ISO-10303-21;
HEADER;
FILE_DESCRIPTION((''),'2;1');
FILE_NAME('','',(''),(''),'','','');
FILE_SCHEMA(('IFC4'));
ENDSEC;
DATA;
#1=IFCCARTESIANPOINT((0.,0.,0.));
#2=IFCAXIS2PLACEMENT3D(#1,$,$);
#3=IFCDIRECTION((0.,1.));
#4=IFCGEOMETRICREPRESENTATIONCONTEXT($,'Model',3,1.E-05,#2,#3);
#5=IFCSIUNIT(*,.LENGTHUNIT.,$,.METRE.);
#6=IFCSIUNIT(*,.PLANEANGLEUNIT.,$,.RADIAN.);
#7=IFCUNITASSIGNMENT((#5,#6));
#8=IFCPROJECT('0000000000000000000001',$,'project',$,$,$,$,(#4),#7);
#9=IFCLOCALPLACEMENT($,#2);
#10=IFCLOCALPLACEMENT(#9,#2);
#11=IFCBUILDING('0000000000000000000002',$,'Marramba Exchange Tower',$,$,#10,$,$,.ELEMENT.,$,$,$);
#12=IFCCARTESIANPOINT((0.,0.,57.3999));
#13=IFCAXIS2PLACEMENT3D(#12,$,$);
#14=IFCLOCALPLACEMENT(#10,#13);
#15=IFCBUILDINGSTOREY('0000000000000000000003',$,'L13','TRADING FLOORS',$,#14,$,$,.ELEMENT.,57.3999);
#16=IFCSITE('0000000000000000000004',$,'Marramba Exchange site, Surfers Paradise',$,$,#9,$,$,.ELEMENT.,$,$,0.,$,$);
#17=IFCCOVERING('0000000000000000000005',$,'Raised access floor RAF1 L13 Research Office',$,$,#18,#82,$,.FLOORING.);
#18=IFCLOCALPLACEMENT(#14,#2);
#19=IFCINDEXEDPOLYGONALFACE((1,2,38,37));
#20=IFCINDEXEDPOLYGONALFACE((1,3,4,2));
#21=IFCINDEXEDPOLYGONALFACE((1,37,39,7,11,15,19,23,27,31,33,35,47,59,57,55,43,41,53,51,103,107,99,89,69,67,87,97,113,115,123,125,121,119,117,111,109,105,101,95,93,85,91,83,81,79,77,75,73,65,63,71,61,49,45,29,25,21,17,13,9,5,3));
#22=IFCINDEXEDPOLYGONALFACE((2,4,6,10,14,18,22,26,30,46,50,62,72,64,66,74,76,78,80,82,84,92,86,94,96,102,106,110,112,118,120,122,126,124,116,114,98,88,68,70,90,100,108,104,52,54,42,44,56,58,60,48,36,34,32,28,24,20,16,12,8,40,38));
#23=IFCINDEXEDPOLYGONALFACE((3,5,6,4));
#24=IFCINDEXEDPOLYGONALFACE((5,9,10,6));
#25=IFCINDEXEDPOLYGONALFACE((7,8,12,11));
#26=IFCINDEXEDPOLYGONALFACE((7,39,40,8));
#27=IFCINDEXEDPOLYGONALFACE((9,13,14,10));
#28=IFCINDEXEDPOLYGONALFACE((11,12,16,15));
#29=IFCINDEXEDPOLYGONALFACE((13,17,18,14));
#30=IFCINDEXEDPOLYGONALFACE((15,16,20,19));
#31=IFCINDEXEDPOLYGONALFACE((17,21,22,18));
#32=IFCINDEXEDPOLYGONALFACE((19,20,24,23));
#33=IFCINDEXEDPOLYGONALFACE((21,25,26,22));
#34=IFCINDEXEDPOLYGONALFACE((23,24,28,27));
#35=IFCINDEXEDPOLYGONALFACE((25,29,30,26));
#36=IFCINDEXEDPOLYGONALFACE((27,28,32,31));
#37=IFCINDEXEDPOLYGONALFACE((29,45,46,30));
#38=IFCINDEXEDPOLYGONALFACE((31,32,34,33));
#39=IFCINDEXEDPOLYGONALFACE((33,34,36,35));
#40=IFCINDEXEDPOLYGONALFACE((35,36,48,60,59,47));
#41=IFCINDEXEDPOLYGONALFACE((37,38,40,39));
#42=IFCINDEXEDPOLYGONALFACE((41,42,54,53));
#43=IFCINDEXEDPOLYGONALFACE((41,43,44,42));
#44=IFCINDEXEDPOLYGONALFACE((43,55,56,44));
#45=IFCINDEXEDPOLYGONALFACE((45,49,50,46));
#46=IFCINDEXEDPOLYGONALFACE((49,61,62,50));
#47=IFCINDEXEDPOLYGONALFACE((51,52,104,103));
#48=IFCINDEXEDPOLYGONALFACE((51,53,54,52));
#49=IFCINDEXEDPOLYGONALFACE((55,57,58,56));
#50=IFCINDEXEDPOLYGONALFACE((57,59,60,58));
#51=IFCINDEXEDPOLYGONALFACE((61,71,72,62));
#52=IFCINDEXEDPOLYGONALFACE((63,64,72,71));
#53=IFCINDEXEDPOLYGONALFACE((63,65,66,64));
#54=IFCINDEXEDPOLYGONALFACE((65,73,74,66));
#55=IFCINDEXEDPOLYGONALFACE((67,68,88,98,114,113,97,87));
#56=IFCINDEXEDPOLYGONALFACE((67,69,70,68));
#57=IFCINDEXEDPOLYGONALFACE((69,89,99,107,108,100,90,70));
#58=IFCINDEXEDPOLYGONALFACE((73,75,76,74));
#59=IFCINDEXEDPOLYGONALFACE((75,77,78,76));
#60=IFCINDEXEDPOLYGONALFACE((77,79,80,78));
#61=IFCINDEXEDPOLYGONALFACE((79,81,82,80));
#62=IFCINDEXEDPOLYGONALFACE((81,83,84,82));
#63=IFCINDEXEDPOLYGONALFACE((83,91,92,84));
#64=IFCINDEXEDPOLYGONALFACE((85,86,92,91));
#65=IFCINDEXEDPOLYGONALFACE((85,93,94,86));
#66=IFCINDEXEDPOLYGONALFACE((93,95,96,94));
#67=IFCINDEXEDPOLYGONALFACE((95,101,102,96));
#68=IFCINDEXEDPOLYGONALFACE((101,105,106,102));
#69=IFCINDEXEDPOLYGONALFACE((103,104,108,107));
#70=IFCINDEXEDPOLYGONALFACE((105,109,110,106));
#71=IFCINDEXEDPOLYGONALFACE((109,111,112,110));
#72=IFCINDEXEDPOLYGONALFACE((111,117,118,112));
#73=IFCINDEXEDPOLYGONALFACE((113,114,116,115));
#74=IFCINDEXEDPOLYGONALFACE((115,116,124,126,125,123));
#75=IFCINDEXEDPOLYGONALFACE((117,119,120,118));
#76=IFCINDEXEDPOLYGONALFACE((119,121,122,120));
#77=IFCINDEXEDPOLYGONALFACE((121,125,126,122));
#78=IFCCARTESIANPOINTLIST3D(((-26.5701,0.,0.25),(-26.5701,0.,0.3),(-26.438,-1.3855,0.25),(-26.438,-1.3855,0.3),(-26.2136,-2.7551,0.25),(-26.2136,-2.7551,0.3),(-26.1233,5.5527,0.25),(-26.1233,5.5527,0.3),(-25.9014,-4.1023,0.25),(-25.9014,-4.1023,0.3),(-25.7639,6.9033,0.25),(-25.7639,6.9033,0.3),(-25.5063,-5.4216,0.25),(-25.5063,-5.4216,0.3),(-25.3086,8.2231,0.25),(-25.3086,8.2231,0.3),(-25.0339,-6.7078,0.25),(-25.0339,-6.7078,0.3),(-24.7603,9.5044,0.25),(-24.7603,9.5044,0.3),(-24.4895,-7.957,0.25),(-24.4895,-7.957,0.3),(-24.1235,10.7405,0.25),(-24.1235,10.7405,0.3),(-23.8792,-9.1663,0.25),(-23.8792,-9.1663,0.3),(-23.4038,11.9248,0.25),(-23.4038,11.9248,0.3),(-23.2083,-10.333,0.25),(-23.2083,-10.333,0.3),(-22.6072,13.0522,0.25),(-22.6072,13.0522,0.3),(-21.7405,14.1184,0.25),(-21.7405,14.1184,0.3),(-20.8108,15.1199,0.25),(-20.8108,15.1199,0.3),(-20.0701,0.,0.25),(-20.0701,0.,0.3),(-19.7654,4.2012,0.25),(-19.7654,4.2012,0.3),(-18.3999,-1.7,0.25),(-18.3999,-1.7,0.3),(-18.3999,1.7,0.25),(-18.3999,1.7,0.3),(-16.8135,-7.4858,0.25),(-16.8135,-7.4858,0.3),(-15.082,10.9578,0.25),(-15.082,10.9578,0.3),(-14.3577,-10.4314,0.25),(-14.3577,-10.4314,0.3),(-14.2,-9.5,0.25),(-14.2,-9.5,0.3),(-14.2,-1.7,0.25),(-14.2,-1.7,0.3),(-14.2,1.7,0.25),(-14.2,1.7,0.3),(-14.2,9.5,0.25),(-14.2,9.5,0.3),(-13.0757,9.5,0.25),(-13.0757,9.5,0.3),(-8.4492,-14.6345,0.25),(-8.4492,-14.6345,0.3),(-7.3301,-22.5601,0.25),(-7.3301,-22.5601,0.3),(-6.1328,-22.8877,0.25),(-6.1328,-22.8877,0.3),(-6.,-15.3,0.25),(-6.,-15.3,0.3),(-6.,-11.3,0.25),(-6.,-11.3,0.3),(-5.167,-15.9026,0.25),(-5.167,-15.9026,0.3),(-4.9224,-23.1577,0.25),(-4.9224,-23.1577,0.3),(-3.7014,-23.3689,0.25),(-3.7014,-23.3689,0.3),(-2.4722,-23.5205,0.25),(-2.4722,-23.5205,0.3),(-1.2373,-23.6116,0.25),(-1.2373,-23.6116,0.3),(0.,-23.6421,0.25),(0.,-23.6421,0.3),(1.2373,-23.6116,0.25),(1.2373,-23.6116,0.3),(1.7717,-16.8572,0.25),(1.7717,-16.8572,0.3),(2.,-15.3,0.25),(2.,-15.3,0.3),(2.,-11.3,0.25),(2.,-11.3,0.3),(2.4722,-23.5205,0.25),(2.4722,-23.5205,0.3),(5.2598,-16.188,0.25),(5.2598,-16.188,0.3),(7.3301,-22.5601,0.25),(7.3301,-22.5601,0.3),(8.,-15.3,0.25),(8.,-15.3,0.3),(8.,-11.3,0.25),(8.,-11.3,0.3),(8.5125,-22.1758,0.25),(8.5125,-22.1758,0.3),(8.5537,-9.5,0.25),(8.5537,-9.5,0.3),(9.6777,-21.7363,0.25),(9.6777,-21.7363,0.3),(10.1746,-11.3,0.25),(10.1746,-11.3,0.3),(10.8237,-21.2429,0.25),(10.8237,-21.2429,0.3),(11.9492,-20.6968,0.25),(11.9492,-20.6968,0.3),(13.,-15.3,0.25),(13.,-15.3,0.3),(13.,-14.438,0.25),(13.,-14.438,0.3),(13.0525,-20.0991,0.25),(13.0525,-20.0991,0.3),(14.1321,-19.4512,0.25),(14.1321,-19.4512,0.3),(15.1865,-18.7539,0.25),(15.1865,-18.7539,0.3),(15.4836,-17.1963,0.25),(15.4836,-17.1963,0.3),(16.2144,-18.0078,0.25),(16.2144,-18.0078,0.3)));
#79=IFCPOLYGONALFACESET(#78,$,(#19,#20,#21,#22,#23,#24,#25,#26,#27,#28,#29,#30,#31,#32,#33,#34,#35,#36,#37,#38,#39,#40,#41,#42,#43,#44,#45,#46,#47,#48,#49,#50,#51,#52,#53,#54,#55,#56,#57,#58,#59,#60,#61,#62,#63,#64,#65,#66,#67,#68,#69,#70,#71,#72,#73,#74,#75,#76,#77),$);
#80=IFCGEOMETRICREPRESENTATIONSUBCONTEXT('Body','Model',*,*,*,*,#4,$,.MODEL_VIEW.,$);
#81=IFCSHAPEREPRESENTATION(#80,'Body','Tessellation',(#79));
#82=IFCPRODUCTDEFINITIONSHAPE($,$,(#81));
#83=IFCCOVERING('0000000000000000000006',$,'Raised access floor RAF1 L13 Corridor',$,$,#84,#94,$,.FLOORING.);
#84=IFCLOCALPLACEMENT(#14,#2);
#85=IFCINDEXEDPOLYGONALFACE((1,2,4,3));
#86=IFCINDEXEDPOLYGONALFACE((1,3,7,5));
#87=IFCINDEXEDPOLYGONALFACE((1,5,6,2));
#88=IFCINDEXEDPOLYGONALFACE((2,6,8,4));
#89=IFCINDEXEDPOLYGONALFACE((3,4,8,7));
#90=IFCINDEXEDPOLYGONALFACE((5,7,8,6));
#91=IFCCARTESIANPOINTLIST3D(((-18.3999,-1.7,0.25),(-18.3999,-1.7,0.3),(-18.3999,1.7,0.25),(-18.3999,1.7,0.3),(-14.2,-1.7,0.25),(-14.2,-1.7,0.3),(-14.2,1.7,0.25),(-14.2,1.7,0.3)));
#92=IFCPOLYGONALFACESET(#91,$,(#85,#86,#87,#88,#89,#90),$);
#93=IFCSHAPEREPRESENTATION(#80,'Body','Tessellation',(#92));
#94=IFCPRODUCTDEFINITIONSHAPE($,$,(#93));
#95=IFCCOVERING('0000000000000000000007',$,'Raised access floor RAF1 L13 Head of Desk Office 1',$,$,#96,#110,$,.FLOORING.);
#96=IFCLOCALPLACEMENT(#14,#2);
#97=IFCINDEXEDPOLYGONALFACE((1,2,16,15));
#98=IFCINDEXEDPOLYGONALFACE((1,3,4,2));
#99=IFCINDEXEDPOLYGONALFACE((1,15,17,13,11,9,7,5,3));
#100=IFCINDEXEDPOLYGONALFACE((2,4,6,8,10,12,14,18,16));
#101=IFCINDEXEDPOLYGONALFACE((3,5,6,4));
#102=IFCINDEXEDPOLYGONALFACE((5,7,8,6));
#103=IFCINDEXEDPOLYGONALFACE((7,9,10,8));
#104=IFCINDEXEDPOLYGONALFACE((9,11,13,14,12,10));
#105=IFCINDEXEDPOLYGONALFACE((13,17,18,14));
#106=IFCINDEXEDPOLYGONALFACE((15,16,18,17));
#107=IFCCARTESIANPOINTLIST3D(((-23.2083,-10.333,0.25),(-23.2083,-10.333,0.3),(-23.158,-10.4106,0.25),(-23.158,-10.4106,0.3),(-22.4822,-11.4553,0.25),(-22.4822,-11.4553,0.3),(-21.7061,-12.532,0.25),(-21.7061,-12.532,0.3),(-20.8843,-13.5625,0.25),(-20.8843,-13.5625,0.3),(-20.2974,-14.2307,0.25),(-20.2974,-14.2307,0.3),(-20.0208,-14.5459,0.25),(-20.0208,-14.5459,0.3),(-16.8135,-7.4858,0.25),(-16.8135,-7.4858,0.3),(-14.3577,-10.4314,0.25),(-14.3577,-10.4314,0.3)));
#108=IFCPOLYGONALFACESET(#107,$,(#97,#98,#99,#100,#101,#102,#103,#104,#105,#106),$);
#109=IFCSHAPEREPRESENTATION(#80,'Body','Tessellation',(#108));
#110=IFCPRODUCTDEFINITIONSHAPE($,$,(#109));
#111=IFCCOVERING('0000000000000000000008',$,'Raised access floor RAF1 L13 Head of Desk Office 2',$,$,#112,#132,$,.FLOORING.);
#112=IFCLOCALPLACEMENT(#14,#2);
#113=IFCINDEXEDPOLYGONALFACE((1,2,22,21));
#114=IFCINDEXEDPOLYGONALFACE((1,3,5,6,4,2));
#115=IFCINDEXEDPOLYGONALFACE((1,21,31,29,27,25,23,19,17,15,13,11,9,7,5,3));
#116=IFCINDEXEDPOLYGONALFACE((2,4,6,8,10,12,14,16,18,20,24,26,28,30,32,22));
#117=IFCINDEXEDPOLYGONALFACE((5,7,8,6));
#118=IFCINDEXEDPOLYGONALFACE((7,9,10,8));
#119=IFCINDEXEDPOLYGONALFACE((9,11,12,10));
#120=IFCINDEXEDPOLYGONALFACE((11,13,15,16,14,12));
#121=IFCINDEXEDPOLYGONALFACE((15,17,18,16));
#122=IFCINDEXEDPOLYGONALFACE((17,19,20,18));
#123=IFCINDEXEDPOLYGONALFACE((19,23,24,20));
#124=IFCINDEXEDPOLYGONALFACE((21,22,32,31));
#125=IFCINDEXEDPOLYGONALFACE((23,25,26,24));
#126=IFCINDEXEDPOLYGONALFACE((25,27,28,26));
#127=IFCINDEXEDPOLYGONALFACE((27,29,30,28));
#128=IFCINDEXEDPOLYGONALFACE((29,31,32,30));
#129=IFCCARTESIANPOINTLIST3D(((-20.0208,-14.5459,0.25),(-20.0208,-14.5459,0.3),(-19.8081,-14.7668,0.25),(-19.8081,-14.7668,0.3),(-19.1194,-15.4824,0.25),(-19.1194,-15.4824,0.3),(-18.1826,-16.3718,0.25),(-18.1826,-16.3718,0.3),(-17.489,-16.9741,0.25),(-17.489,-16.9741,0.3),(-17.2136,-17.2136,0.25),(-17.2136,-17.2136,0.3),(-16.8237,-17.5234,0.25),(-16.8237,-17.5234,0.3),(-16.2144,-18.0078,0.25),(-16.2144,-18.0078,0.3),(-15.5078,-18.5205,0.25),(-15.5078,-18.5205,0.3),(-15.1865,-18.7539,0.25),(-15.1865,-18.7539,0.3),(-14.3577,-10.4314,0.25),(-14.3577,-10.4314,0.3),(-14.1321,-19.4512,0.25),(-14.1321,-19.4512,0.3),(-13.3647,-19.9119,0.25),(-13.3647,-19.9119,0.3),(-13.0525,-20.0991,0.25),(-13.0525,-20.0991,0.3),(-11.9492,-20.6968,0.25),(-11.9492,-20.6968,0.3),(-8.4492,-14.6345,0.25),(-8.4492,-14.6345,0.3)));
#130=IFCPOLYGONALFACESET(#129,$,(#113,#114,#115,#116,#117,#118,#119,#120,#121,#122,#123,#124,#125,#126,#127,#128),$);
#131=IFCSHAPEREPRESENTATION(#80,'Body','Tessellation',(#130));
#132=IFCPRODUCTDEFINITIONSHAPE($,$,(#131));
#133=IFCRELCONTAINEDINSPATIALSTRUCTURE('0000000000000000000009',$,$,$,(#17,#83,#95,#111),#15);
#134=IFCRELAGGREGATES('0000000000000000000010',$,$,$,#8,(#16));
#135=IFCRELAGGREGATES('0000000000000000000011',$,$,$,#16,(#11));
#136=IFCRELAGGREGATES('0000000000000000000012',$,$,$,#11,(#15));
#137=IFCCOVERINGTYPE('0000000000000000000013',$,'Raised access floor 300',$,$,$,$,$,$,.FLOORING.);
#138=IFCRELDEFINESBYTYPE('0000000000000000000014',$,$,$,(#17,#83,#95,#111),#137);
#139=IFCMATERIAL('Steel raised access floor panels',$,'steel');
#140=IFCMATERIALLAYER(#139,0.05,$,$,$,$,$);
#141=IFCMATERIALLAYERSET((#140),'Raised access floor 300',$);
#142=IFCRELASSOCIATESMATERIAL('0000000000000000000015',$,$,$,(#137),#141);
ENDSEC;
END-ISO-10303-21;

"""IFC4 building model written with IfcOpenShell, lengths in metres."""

from ifc_helpers import new_model, si_unit, direction, frame, origin, place, context, subcontext, project, spatial, polyline, outline, extrude, material, layer, layer_set, type_object, element, save


model = new_model("IFC4")

# Units and contexts
model_context = context("Model", 3, precision=1e-05, world=origin(), true_north=direction((0.0, 1.0)))
body_context = subcontext(model_context, "Body", "Model", "MODEL_VIEW")
ifc_project = project(units=[si_unit("LENGTHUNIT", "METRE"), si_unit("PLANEANGLEUNIT", "RADIAN")], contexts=[model_context])

# Site, building, storey
site_placement = place(None, origin())
site = spatial("IfcSite", under=ifc_project, at=site_placement, Name="Marramba Exchange site, Surfers Paradise", CompositionType="ELEMENT", RefElevation=0.0)
building_placement = place(site_placement, origin())
building = spatial("IfcBuilding", under=site, at=building_placement, Name="Marramba Exchange Tower", CompositionType="ELEMENT")
storey_placement = place(building_placement, frame((0.0, 0.0, 57.3999)))
storey = spatial("IfcBuildingStorey", under=building, at=storey_placement, Name="L13", Description="TRADING FLOORS", CompositionType="ELEMENT", Elevation=57.3999)

# Coverings
ifc_material_1 = material(Name="Steel raised access floor panels", Category="steel")
ifc_layer_1 = layer(ifc_material_1, 0.05)
ifc_layer_set_1 = layer_set([ifc_layer_1], Name="Raised access floor 300")
covering_type_1 = type_object("IfcCoveringType", Name="Raised access floor 300", PredefinedType="FLOORING", material=ifc_layer_set_1)
covering_1_placement = place(storey_placement, frame((0.0, 0.0, 0.25)))
element("IfcCovering", 1, at=covering_1_placement, inside=storey, type_object=covering_type_1, Name="Raised access floor RAF1 L13 Research Office", PredefinedType="FLOORING", context=body_context, shape_type="SweptSolid", body=[
    extrude(outline(polyline([(-14.2, 1.7), (-18.3999, 1.7), (-18.3999, -1.7), (-14.2, -1.7), (-14.2, -9.5), (8.5537, -9.5), (10.1746, -11.3), (8.0, -11.3), (2.0, -11.3), (-6.0, -11.3), (-6.0, -15.3), (2.0, -15.3), (8.0, -15.3), (13.0, -15.3), (13.0, -14.438), (15.4836, -17.1963), (16.2144, -18.0078), (15.1865, -18.7539), (14.1321, -19.4512), (13.0525, -20.0991), (11.9492, -20.6968), (10.8237, -21.2429), (9.6777, -21.7363), (8.5125, -22.1758), (7.3301, -22.5601), (5.2598, -16.188), (1.7717, -16.8572), (2.4722, -23.5205), (1.2373, -23.6116), (0.0, -23.6421), (-1.2373, -23.6116), (-2.4722, -23.5205), (-3.7014, -23.3689), (-4.9224, -23.1577), (-6.1328, -22.8877), (-7.3301, -22.5601), (-5.167, -15.9026), (-8.4492, -14.6345), (-14.3577, -10.4314), (-16.8135, -7.4858), (-23.2083, -10.333), (-23.8792, -9.1663), (-24.4895, -7.957), (-25.0339, -6.7078), (-25.5063, -5.4216), (-25.9014, -4.1023), (-26.2136, -2.7551), (-26.438, -1.3855), (-26.5701, 0.0), (-20.0701, 0.0), (-19.7654, 4.2012), (-26.1233, 5.5527), (-25.7639, 6.9033), (-25.3086, 8.2231), (-24.7603, 9.5044), (-24.1235, 10.7405), (-23.4038, 11.9248), (-22.6072, 13.0522), (-21.7405, 14.1184), (-20.8108, 15.1199), (-15.082, 10.9578), (-13.0757, 9.5), (-14.2, 9.5), (-14.2, 1.7)])), origin(), (0.0, 0.0, 1.0), 0.05),
])
covering_2_placement = place(storey_placement, frame((0.0, 0.0, 0.25)))
element("IfcCovering", 2, at=covering_2_placement, inside=storey, type_object=covering_type_1, Name="Raised access floor RAF1 L13 Corridor", PredefinedType="FLOORING", context=body_context, shape_type="SweptSolid", body=[
    extrude(outline(polyline([(-18.3999, 1.7), (-14.2, 1.7), (-14.2, -1.7), (-18.3999, -1.7), (-18.3999, 1.7)])), origin(), (0.0, 0.0, 1.0), 0.05),
])
covering_3_placement = place(storey_placement, frame((0.0, 0.0, 0.25)))
element("IfcCovering", 3, at=covering_3_placement, inside=storey, type_object=covering_type_1, Name="Raised access floor RAF1 L13 Head of Desk Office 1", PredefinedType="FLOORING", context=body_context, shape_type="SweptSolid", body=[
    extrude(outline(polyline([(-20.2974, -14.2307), (-20.8843, -13.5625), (-21.7061, -12.532), (-22.4822, -11.4553), (-23.158, -10.4106), (-23.2083, -10.333), (-16.8135, -7.4858), (-14.3577, -10.4314), (-20.0208, -14.5459), (-20.2974, -14.2307)])), origin(), (0.0, 0.0, 1.0), 0.05),
])
covering_4_placement = place(storey_placement, frame((0.0, 0.0, 0.25)))
element("IfcCovering", 4, at=covering_4_placement, inside=storey, type_object=covering_type_1, Name="Raised access floor RAF1 L13 Head of Desk Office 2", PredefinedType="FLOORING", context=body_context, shape_type="SweptSolid", body=[
    extrude(outline(polyline([(-13.0525, -20.0991), (-13.3647, -19.9119), (-14.1321, -19.4512), (-15.1865, -18.7539), (-15.5078, -18.5205), (-16.2144, -18.0078), (-16.8237, -17.5234), (-17.2136, -17.2136), (-17.489, -16.9741), (-18.1826, -16.3718), (-19.1194, -15.4824), (-19.8081, -14.7668), (-20.0208, -14.5459), (-14.3577, -10.4314), (-8.4492, -14.6345), (-11.9492, -20.6968), (-13.0525, -20.0991)])), origin(), (0.0, 0.0, 1.0), 0.05),
])

save(model, "model.ifc")
